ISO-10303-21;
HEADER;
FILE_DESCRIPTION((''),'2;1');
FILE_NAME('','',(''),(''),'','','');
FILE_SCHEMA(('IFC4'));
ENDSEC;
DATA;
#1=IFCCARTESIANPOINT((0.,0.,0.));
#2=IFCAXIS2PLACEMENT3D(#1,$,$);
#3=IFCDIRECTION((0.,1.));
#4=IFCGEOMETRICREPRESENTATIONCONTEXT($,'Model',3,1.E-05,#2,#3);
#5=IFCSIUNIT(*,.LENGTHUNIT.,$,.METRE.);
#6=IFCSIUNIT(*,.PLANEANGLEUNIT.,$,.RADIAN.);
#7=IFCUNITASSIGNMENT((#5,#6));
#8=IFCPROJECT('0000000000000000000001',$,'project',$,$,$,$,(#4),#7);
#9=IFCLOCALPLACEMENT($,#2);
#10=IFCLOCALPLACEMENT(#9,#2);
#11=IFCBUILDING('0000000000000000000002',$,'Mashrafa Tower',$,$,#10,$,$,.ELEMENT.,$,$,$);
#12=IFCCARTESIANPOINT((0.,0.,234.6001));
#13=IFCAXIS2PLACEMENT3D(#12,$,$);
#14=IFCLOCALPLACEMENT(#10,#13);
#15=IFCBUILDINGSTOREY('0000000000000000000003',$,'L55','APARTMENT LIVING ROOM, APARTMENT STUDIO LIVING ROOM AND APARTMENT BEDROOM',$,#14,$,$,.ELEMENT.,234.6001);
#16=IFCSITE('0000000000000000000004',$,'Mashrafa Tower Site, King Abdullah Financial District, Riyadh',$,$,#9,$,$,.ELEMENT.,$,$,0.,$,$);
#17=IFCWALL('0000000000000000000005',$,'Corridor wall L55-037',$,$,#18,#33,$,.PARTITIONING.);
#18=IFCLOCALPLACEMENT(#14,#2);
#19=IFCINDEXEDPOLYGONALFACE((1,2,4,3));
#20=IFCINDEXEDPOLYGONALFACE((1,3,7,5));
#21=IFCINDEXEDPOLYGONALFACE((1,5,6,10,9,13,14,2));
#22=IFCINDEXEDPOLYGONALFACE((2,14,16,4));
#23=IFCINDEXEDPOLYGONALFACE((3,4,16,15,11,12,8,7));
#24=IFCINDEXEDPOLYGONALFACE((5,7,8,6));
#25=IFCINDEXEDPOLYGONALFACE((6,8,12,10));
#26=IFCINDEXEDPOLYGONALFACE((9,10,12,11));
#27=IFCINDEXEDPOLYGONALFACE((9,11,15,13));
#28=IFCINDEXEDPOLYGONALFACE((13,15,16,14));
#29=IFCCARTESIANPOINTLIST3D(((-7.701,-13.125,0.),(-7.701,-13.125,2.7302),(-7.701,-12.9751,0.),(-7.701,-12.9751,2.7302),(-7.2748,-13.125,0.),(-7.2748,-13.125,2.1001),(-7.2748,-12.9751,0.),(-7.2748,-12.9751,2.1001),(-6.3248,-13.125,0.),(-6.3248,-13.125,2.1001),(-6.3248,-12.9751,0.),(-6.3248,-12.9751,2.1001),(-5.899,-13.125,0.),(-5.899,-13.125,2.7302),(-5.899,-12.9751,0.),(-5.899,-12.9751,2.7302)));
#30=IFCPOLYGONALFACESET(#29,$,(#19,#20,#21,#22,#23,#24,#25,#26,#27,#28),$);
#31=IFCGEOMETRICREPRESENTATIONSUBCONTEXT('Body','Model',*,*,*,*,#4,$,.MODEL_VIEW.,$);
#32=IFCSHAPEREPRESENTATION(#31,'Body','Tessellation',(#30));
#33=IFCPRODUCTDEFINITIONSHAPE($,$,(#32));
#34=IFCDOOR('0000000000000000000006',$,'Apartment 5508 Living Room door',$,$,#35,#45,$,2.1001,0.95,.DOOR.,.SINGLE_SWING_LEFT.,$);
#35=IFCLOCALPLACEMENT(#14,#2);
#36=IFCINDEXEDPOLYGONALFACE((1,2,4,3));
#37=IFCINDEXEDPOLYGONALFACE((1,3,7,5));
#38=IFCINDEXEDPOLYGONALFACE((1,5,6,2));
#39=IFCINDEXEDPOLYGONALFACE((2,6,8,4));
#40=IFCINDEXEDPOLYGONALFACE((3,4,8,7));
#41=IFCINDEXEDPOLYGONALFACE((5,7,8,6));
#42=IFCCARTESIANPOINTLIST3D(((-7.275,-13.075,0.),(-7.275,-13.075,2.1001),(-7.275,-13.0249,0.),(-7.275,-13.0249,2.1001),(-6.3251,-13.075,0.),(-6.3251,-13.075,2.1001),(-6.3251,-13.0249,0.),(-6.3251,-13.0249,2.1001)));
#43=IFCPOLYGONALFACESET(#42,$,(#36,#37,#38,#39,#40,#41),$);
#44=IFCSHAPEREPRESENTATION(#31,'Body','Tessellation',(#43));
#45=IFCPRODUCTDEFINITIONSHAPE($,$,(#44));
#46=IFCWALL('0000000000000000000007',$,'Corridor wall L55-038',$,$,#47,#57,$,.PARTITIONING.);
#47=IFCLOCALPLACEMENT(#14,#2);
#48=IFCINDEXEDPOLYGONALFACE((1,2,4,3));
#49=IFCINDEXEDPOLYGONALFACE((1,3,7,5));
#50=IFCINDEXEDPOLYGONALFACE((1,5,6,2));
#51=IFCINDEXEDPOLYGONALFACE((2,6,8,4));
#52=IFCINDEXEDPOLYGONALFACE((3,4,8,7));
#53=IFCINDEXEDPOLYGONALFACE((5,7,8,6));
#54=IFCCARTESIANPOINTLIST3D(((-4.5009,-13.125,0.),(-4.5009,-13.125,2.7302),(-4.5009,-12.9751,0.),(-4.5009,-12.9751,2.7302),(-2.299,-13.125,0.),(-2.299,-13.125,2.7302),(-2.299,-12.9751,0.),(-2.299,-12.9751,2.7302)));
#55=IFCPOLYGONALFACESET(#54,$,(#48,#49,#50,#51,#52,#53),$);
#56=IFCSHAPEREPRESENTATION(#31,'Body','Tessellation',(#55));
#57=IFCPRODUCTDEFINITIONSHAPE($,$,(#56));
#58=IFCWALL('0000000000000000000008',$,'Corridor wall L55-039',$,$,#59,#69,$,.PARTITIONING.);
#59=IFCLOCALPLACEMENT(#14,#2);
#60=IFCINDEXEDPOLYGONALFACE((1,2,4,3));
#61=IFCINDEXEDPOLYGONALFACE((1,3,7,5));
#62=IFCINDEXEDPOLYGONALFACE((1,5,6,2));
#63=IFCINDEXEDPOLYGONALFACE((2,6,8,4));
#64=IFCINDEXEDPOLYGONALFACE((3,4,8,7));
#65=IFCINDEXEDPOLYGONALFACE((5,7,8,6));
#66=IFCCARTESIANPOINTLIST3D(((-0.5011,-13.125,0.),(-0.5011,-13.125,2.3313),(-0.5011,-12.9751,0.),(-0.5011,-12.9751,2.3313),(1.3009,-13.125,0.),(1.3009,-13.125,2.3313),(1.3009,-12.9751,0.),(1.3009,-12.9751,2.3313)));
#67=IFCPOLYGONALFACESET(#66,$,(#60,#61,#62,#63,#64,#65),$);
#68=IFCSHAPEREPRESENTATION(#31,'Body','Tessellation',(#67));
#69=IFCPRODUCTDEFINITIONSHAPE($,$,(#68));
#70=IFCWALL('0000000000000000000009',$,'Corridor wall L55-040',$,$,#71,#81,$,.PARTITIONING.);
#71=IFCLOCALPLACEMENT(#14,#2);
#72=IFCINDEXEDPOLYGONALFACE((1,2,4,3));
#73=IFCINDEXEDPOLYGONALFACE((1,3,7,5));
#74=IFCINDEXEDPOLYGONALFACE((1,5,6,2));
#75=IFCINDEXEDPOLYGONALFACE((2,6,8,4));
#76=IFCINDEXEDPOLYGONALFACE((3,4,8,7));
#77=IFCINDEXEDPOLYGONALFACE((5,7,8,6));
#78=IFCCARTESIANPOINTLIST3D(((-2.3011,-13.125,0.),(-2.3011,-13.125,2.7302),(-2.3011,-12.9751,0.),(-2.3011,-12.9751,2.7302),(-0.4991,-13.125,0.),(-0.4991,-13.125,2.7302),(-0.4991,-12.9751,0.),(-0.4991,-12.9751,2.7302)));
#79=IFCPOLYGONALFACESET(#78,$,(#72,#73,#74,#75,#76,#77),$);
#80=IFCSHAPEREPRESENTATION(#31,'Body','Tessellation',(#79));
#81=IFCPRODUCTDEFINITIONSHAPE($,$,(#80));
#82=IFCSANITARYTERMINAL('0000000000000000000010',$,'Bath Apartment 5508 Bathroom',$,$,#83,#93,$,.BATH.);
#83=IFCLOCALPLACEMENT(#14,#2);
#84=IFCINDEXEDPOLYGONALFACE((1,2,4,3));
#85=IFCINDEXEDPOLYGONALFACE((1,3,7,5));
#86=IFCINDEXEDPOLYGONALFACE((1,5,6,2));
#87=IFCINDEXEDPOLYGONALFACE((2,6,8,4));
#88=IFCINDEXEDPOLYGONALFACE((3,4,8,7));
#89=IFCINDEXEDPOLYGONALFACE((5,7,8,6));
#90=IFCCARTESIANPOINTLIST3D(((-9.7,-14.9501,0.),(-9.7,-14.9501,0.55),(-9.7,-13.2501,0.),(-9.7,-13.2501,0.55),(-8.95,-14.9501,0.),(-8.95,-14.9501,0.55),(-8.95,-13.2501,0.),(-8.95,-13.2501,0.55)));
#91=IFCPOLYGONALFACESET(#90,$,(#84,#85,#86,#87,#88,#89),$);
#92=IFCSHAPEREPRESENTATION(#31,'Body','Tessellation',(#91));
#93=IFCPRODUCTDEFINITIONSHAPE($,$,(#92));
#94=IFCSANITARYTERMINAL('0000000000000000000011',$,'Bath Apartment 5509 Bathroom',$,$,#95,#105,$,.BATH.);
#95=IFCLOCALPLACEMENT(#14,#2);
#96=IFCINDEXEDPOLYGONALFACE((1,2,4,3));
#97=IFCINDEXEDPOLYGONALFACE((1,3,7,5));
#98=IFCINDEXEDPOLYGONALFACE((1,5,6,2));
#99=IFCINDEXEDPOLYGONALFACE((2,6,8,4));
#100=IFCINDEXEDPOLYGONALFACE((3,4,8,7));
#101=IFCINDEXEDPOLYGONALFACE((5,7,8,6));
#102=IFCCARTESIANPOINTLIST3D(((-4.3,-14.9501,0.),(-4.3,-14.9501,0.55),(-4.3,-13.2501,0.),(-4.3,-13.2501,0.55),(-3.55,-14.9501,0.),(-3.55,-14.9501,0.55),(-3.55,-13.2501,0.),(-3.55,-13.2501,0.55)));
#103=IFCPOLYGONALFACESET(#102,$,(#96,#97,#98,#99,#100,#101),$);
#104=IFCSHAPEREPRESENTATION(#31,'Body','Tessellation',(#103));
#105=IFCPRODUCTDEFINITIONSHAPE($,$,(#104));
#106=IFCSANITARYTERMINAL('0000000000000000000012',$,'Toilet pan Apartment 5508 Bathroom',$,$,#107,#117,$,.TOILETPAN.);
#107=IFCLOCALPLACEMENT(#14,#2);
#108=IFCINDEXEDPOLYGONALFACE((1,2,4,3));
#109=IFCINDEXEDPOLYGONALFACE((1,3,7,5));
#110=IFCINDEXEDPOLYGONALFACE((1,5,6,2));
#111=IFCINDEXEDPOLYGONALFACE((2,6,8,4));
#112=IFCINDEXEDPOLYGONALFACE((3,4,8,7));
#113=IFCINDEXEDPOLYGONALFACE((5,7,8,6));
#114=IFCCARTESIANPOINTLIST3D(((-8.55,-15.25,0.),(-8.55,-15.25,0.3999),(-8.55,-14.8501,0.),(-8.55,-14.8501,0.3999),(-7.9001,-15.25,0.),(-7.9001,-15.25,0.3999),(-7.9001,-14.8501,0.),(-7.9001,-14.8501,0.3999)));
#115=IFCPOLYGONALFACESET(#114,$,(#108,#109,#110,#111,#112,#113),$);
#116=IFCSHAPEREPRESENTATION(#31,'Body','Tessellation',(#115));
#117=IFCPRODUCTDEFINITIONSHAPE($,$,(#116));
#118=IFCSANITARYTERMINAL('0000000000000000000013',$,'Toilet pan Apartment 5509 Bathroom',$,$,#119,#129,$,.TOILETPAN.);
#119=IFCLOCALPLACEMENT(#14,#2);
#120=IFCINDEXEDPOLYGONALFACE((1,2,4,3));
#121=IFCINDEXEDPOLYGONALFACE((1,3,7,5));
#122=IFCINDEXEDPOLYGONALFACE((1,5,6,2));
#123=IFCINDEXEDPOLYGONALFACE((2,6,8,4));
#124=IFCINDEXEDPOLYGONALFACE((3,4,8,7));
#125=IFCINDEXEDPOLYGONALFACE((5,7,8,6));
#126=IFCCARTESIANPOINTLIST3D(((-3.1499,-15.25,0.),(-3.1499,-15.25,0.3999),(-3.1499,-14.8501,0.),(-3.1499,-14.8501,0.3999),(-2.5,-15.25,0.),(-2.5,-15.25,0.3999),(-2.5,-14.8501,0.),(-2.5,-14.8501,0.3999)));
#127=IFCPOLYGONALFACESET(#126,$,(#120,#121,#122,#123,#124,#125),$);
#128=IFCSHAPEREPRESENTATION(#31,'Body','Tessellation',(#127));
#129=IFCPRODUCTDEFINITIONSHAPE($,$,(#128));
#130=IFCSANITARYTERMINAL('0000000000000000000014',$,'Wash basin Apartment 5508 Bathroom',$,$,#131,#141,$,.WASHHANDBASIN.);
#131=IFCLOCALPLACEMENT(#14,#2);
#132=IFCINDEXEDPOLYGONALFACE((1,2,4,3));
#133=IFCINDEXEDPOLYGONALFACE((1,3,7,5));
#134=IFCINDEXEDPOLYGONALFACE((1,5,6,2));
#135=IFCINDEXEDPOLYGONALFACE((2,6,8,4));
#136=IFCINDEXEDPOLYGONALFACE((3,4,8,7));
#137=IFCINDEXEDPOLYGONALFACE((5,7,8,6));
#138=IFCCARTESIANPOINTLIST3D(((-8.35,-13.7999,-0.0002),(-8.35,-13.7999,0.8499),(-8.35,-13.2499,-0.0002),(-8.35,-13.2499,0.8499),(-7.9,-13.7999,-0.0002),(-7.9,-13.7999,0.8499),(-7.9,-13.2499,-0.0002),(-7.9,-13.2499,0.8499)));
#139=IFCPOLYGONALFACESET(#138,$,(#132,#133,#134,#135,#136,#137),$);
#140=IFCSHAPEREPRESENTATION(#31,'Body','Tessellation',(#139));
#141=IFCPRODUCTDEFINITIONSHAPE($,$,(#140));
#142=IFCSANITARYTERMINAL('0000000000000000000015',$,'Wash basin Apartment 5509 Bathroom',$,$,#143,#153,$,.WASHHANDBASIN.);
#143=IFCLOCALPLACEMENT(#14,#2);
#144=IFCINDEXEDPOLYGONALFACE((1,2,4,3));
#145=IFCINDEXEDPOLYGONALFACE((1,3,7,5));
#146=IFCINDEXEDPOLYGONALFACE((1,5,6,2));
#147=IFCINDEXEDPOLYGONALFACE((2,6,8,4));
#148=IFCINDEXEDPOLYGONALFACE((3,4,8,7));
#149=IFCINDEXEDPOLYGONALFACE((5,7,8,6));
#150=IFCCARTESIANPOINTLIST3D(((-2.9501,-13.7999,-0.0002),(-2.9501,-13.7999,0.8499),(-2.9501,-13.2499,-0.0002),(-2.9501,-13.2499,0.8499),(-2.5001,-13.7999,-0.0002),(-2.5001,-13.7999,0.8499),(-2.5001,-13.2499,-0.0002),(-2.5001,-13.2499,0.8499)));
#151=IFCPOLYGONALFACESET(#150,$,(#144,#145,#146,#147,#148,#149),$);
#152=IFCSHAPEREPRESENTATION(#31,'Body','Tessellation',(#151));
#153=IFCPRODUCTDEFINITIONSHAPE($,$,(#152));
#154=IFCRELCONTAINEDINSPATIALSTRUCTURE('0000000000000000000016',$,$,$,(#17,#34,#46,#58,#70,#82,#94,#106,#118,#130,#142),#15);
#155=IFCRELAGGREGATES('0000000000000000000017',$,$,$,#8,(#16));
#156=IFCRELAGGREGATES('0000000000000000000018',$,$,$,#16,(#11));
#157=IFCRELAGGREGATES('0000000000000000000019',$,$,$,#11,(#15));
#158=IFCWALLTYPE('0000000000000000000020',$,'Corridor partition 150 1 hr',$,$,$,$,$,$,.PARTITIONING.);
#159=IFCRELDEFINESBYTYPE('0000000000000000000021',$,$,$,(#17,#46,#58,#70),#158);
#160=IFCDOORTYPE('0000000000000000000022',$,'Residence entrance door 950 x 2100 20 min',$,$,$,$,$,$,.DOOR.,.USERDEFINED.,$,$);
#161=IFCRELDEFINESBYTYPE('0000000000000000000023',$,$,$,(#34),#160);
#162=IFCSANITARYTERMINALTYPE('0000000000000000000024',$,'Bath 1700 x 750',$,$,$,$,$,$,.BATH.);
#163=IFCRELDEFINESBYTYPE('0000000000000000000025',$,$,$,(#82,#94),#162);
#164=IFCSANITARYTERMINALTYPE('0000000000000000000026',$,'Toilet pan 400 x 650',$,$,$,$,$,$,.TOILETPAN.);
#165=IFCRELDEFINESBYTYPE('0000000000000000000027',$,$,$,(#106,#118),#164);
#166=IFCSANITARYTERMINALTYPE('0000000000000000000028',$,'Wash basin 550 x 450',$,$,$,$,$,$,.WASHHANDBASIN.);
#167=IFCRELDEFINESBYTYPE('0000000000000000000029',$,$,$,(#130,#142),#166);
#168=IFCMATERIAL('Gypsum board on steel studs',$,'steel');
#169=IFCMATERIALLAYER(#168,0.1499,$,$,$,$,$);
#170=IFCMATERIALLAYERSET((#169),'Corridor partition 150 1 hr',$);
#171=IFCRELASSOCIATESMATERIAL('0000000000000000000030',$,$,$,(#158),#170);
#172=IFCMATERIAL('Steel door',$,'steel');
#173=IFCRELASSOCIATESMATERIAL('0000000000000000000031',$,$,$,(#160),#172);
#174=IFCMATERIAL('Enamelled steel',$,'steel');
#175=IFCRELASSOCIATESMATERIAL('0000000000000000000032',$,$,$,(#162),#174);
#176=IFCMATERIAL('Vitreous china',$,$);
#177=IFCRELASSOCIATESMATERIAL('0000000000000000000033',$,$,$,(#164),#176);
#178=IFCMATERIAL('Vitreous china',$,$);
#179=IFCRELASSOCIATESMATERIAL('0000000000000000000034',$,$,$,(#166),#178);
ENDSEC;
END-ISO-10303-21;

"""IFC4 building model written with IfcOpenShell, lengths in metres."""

from ifc_helpers import new_model, si_unit, direction, frame, frame_2d, origin, origin_2d, place, context, subcontext, project, spatial, rectangle, extrude, material, layer, layer_set, type_object, element, fill, save


model = new_model("IFC4")

# Units and contexts
model_context = context("Model", 3, precision=1e-05, world=origin(), true_north=direction((0.0, 1.0)))
body_context = subcontext(model_context, "Body", "Model", "MODEL_VIEW")
ifc_project = project(units=[si_unit("LENGTHUNIT", "METRE"), si_unit("PLANEANGLEUNIT", "RADIAN")], contexts=[model_context])

# Site, building, storey
site_placement = place(None, origin())
site = spatial("IfcSite", under=ifc_project, at=site_placement, Name="Mashrafa Tower Site, King Abdullah Financial District, Riyadh", CompositionType="ELEMENT", RefElevation=0.0)
building_placement = place(site_placement, origin())
building = spatial("IfcBuilding", under=site, at=building_placement, Name="Mashrafa Tower", CompositionType="ELEMENT")
storey_placement = place(building_placement, frame((0.0, 0.0, 234.6001)))
storey = spatial("IfcBuildingStorey", under=building, at=storey_placement, Name="L55", Description="APARTMENT LIVING ROOM, APARTMENT STUDIO LIVING ROOM AND APARTMENT BEDROOM", CompositionType="ELEMENT", Elevation=234.6001)

# Shared definitions
ifc_material_1 = material(Name="Gypsum board on steel studs", Category="steel")
ifc_layer_1 = layer(ifc_material_1, 0.1499)
ifc_layer_set_1 = layer_set([ifc_layer_1], Name="Corridor partition 150 1 hr")
wall_type_1 = type_object("IfcWallType", Name="Corridor partition 150 1 hr", PredefinedType="PARTITIONING", material=ifc_layer_set_1)

# Wall, opening, door
wall_1_placement = place(storey_placement, frame((-7.7009, -13.05, 0.0), z_axis=(0.0, 0.0, 1.0), x_axis=(1.0, 0.0, 0.0)))
wall_1 = element("IfcWall", 1, at=wall_1_placement, inside=storey, type_object=wall_type_1, Name="Corridor wall L55-037", PredefinedType="PARTITIONING", context=body_context, shape_type="SweptSolid", body=[
    extrude(rectangle(XDim=1.802, YDim=0.1499, at=frame_2d((0.9009, 0.0))), origin(), (0.0, 0.0, 1.0), 2.7302),
])
opening_1_placement = place(wall_1_placement, frame((0.426, 0.0, 0.0)))
opening_1 = element("IfcOpeningElement", 2, at=opening_1_placement, cuts=wall_1, PredefinedType="OPENING", context=body_context, shape_type="SweptSolid", body=[
    extrude(rectangle(XDim=0.95, YDim=2.1001, at=frame_2d((0.4751, 1.05))), frame((0.0, 0.085, 0.0), z_axis=(0.0, -1.0, 0.0), x_axis=(1.0, 0.0, 0.0)), (0.0, 0.0, 1.0), 0.1699),
])
ifc_material_2 = material(Name="Steel door", Category="steel")
door_type_1 = type_object("IfcDoorType", Name="Residence entrance door 950 x 2100 20 min", OperationType="USERDEFINED", PredefinedType="DOOR", material=ifc_material_2)
door_1_placement = place(opening_1_placement, frame((0.95, 0.0, 0.0), z_axis=(0.0, 0.0, 1.0), x_axis=(-1.0, 0.0, 0.0)))
door_1 = element("IfcDoor", 3, at=door_1_placement, inside=storey, type_object=door_type_1, Name="Apartment 5508 Living Room door", OperationType="SINGLE_SWING_LEFT", OverallHeight=2.1001, OverallWidth=0.95, PredefinedType="DOOR", context=body_context, shape_type="SweptSolid", body=[
    extrude(rectangle(XDim=0.95, YDim=2.1001, at=frame_2d((0.4751, 1.05))), frame((0.0, 0.0249, 0.0), z_axis=(0.0, -1.0, 0.0), x_axis=(1.0, 0.0, 0.0)), (0.0, 0.0, 1.0), 0.05),
])
fill(opening_1, door_1)

# Walls
wall_2_placement = place(storey_placement, frame((-4.501, -13.05, 0.0), z_axis=(0.0, 0.0, 1.0), x_axis=(1.0, 0.0, 0.0)))
element("IfcWall", 4, at=wall_2_placement, inside=storey, type_object=wall_type_1, Name="Corridor wall L55-038", PredefinedType="PARTITIONING", context=body_context, shape_type="SweptSolid", body=[
    extrude(rectangle(XDim=2.2019, YDim=0.1499, at=frame_2d((1.1011, 0.0))), origin(), (0.0, 0.0, 1.0), 2.7302),
])
wall_3_placement = place(storey_placement, frame((-0.501, -13.05, 0.0), z_axis=(0.0, 0.0, 1.0), x_axis=(1.0, 0.0, 0.0)))
element("IfcWall", 5, at=wall_3_placement, inside=storey, type_object=wall_type_1, Name="Corridor wall L55-039", PredefinedType="PARTITIONING", context=body_context, shape_type="SweptSolid", body=[
    extrude(rectangle(XDim=1.802, YDim=0.1499, at=frame_2d((0.9009, 0.0))), origin(), (0.0, 0.0, 1.0), 2.3313),
])
wall_4_placement = place(storey_placement, frame((-2.301, -13.05, 0.0), z_axis=(0.0, 0.0, 1.0), x_axis=(1.0, 0.0, 0.0)))
element("IfcWall", 6, at=wall_4_placement, inside=storey, type_object=wall_type_1, Name="Corridor wall L55-040", PredefinedType="PARTITIONING", context=body_context, shape_type="SweptSolid", body=[
    extrude(rectangle(XDim=1.802, YDim=0.1499, at=frame_2d((0.9009, 0.0))), origin(), (0.0, 0.0, 1.0), 2.7302),
])

# Sanitary terminals
ifc_material_3 = material(Name="Enamelled steel", Category="steel")
sanitary_terminal_type_1 = type_object("IfcSanitaryTerminalType", Name="Bath 1700 x 750", PredefinedType="BATH", material=ifc_material_3)
for number, where, z_axis, x_axis, name in (
    (7, (-9.325, -14.1001, 0.0), (0.0, 0.0, 1.0), (0.0, -1.0, 0.0), "Bath Apartment 5508 Bathroom"),
    (8, (-3.925, -14.1001, 0.0), (0.0, 0.0, 1.0), (0.0, -1.0, 0.0), "Bath Apartment 5509 Bathroom"),
):
    element("IfcSanitaryTerminal", number, at=place(storey_placement, frame(where, z_axis=z_axis, x_axis=x_axis)), inside=storey, type_object=sanitary_terminal_type_1, Name=name, PredefinedType="BATH", context=body_context, shape_type="SweptSolid", body=[
        extrude(rectangle(XDim=1.7, YDim=0.75, at=origin_2d()), origin(), (0.0, 0.0, 1.0), 0.55),
    ])
ifc_material_4 = material(Name="Vitreous china")
sanitary_terminal_type_2 = type_object("IfcSanitaryTerminalType", Name="Toilet pan 400 x 650", PredefinedType="TOILETPAN", material=ifc_material_4)
for number, where, z_axis, x_axis, name in (
    (9, (-8.2251, -15.05, 0.0), (0.0, 0.0, 1.0), (0.0, 1.0, 0.0), "Toilet pan Apartment 5508 Bathroom"),
    (10, (-2.825, -15.05, 0.0), (0.0, 0.0, 1.0), (0.0, 1.0, 0.0), "Toilet pan Apartment 5509 Bathroom"),
):
    element("IfcSanitaryTerminal", number, at=place(storey_placement, frame(where, z_axis=z_axis, x_axis=x_axis)), inside=storey, type_object=sanitary_terminal_type_2, Name=name, PredefinedType="TOILETPAN", context=body_context, shape_type="SweptSolid", body=[
        extrude(rectangle(XDim=0.3999, YDim=0.6499, at=origin_2d()), origin(), (0.0, 0.0, 1.0), 0.3999),
    ])
ifc_material_5 = material(Name="Vitreous china")
sanitary_terminal_type_3 = type_object("IfcSanitaryTerminalType", Name="Wash basin 550 x 450", PredefinedType="WASHHANDBASIN", material=ifc_material_5)
for number, where, z_axis, x_axis, name in (
    (11, (-8.125, -13.5249, -0.0002), (0.0, 0.0, 1.0), (0.0, 1.0, 0.0), "Wash basin Apartment 5508 Bathroom"),
    (12, (-2.7251, -13.5249, -0.0002), (0.0, 0.0, 1.0), (0.0, 1.0, 0.0), "Wash basin Apartment 5509 Bathroom"),
):
    element("IfcSanitaryTerminal", number, at=place(storey_placement, frame(where, z_axis=z_axis, x_axis=x_axis)), inside=storey, type_object=sanitary_terminal_type_3, Name=name, PredefinedType="WASHHANDBASIN", context=body_context, shape_type="SweptSolid", body=[
        extrude(rectangle(XDim=0.55, YDim=0.45, at=origin_2d()), origin(), (0.0, 0.0, 1.0), 0.8501),
    ])

save(model, "model.ifc")
